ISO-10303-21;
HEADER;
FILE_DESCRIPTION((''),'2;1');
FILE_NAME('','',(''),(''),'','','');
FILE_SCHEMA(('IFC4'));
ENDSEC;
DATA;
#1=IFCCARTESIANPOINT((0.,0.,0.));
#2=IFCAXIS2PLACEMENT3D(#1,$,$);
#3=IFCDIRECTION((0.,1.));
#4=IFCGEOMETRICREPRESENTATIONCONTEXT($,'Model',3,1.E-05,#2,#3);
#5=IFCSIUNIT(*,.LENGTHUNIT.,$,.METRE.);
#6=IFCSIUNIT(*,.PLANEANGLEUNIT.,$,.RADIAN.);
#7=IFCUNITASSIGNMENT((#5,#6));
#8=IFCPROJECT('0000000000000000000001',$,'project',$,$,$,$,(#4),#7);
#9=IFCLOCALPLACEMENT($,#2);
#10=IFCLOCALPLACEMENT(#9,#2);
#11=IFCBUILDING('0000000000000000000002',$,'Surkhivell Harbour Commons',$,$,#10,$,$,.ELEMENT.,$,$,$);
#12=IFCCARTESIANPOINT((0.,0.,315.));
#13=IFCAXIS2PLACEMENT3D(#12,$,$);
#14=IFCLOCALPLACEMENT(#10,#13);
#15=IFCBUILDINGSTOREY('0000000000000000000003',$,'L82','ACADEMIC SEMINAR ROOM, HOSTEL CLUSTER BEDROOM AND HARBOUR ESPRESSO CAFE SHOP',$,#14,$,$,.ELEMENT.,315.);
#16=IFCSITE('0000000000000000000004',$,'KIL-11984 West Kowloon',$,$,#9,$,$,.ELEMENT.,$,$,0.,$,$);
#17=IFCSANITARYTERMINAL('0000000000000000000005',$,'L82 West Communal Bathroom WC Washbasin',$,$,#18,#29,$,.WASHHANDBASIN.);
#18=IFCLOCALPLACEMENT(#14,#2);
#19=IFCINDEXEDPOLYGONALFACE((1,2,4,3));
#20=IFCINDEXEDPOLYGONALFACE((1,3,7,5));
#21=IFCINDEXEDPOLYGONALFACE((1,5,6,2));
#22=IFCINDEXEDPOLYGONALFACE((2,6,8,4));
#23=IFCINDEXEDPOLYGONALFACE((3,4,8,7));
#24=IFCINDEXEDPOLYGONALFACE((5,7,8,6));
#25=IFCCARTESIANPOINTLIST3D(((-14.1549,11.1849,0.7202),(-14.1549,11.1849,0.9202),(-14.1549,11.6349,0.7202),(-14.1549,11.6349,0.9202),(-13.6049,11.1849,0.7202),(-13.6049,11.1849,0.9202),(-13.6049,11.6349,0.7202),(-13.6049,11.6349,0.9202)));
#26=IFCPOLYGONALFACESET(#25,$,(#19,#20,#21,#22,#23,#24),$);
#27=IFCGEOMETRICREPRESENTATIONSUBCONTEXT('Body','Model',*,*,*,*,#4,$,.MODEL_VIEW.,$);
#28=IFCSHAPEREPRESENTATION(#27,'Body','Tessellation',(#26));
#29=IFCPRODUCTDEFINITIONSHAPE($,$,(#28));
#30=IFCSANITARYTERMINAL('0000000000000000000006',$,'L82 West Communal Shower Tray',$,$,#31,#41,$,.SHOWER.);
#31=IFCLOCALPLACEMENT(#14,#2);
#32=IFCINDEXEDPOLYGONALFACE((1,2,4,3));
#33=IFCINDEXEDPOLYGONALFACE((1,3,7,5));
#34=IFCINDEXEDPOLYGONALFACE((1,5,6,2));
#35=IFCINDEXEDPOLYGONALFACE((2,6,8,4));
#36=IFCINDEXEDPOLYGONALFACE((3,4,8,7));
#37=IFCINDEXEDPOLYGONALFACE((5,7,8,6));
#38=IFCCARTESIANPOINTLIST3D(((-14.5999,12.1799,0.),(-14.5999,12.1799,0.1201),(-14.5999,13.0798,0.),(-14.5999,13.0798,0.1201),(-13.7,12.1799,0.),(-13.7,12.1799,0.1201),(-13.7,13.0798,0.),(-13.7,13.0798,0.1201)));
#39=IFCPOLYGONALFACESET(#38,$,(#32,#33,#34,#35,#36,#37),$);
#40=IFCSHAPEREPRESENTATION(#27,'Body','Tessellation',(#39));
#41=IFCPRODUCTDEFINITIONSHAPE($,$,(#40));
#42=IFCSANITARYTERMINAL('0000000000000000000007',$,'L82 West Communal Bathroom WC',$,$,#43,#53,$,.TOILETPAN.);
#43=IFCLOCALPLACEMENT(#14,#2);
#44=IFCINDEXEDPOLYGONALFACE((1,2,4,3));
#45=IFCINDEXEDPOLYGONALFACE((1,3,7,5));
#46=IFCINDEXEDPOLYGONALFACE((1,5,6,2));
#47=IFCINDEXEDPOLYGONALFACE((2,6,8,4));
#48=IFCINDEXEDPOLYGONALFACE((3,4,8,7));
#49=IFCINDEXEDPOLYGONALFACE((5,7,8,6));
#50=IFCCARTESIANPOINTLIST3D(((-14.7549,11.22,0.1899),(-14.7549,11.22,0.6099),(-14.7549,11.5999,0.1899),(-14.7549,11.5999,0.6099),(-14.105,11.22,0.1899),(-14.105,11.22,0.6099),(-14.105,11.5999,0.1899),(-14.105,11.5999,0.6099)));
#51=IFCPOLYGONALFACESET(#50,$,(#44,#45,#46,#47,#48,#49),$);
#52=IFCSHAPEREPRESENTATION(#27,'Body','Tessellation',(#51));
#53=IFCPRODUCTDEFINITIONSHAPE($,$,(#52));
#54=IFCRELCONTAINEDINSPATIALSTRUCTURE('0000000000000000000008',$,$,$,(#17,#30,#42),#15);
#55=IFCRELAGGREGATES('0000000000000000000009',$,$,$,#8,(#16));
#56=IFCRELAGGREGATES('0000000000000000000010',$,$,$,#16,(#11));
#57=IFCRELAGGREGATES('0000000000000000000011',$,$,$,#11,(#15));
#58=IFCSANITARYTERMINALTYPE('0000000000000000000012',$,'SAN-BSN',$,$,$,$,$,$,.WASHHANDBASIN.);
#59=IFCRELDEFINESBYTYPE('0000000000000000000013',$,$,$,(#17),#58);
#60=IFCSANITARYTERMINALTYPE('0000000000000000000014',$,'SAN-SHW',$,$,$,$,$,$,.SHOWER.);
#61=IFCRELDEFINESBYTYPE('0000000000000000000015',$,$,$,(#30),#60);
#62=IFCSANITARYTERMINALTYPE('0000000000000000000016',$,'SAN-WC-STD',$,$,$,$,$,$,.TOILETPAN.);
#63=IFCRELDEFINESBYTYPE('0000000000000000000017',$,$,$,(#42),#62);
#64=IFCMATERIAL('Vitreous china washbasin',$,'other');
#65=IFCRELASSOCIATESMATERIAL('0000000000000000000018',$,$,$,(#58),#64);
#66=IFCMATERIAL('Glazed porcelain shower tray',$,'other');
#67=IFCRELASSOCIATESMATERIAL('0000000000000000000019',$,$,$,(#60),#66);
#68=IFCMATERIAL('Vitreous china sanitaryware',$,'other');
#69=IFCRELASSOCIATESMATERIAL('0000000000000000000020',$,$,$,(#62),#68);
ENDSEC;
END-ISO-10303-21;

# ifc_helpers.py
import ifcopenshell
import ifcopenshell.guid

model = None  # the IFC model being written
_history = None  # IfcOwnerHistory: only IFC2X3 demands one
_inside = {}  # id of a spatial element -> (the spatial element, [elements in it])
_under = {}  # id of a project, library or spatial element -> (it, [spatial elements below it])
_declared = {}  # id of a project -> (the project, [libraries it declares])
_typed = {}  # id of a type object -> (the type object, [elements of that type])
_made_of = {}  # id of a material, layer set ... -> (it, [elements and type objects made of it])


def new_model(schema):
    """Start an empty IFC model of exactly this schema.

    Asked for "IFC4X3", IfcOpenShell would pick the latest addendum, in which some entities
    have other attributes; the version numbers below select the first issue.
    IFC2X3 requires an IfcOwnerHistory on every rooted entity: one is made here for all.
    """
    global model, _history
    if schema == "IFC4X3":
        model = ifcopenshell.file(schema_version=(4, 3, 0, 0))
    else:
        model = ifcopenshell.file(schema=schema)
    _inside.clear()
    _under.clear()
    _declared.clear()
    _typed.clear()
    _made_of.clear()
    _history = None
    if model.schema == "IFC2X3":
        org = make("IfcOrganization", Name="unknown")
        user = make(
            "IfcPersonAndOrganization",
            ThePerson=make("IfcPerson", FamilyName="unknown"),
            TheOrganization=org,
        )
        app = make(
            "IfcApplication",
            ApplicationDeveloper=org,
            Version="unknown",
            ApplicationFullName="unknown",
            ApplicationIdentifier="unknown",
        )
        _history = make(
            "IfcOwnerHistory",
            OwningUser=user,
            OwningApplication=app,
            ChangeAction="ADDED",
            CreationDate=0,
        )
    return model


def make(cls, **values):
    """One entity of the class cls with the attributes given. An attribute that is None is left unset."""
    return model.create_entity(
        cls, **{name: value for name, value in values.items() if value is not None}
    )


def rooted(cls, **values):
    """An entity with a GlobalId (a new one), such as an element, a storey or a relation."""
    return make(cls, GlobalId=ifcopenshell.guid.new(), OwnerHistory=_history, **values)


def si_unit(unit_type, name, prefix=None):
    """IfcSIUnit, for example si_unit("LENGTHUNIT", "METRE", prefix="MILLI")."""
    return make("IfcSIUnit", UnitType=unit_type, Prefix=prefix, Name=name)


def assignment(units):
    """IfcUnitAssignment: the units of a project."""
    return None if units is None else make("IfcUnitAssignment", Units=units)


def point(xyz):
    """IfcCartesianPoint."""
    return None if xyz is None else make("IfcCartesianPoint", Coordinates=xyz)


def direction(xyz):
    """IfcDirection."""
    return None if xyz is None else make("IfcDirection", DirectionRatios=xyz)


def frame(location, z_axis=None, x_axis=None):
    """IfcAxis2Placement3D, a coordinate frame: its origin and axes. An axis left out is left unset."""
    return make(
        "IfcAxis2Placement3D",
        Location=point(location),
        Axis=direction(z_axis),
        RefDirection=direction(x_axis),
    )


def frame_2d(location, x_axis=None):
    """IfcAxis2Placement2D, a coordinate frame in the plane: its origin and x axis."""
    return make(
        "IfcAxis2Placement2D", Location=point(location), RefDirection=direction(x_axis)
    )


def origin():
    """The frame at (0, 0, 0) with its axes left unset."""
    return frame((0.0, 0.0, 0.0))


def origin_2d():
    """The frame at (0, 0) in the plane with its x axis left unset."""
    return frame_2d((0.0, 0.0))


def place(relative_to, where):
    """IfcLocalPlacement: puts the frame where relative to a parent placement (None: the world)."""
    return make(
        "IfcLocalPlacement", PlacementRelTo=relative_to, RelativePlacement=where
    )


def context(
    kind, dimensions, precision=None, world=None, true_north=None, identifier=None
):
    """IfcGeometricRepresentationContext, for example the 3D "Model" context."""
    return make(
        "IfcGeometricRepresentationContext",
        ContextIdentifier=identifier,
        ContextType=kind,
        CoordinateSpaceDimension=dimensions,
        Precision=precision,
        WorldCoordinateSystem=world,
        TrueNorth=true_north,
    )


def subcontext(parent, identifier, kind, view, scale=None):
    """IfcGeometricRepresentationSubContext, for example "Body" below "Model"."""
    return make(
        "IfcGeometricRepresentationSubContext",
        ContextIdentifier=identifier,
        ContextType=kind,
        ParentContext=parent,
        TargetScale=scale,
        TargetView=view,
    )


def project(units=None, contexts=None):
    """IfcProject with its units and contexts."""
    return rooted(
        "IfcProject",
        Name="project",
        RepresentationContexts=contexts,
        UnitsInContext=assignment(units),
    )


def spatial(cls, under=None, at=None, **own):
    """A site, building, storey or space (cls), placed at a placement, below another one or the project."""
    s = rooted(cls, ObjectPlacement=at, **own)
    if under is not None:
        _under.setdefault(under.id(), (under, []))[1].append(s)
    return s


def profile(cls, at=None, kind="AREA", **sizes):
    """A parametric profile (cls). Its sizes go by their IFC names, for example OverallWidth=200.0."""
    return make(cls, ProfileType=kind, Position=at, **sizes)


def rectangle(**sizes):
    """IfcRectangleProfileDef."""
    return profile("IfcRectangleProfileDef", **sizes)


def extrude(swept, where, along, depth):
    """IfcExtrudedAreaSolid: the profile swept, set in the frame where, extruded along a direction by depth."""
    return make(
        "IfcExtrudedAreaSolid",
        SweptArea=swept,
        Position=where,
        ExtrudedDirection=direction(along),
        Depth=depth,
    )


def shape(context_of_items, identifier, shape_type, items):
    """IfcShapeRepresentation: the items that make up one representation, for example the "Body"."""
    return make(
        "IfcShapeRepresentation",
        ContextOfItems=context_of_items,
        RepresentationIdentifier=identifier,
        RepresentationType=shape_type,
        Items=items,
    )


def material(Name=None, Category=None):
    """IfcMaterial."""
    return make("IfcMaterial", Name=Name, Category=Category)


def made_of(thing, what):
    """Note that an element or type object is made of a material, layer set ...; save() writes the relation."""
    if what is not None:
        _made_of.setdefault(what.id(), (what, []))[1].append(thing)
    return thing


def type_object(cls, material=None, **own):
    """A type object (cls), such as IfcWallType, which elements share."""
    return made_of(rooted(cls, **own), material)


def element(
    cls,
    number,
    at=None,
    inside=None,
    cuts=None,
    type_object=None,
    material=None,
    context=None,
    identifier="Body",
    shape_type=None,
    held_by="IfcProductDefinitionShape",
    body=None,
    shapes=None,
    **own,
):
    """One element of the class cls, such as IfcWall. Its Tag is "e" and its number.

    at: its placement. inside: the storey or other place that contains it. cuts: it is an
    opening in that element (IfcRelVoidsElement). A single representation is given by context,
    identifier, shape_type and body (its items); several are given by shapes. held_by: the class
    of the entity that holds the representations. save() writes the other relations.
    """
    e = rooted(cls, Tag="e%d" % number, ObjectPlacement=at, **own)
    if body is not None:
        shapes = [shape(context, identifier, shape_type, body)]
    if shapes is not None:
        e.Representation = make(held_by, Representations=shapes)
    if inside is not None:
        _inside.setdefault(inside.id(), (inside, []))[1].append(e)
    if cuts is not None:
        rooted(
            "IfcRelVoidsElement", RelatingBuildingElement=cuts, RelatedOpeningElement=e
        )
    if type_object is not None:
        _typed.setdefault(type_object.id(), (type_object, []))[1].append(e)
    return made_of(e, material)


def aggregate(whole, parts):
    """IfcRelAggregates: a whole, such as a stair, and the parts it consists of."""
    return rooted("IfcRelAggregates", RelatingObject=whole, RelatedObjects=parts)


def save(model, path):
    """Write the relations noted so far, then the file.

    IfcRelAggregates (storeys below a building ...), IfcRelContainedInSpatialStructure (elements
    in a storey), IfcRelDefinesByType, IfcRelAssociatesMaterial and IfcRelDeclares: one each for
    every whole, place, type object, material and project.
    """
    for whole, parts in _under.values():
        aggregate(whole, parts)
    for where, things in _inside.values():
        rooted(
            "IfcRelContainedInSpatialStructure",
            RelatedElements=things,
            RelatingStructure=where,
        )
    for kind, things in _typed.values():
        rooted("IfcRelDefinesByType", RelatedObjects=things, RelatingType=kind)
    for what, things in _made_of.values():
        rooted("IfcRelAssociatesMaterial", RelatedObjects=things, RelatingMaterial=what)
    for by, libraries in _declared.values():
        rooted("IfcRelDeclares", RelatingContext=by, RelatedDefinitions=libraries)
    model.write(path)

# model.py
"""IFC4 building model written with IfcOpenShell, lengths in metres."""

from ifc_helpers import new_model, si_unit, direction, frame, origin, origin_2d, place, context, subcontext, project, spatial, rectangle, extrude, material, type_object, element, save


model = new_model("IFC4")

# Units and contexts
model_context = context("Model", 3, precision=1e-05, world=origin(), true_north=direction((0.0, 1.0)))
body_context = subcontext(model_context, "Body", "Model", "MODEL_VIEW")
ifc_project = project(units=[si_unit("LENGTHUNIT", "METRE"), si_unit("PLANEANGLEUNIT", "RADIAN")], contexts=[model_context])

# Site, building, storey
site_placement = place(None, origin())
site = spatial("IfcSite", under=ifc_project, at=site_placement, Name="KIL-11984 West Kowloon", CompositionType="ELEMENT", RefElevation=0.0)
building_placement = place(site_placement, origin())
building = spatial("IfcBuilding", under=site, at=building_placement, Name="Surkhivell Harbour Commons", CompositionType="ELEMENT")
storey_placement = place(building_placement, frame((0.0, 0.0, 315.0)))
storey = spatial("IfcBuildingStorey", under=building, at=storey_placement, Name="L82", Description="ACADEMIC SEMINAR ROOM, HOSTEL CLUSTER BEDROOM AND HARBOUR ESPRESSO CAFE SHOP", CompositionType="ELEMENT", Elevation=315.0)

# Sanitary terminals
ifc_material_1 = material(Name="Vitreous china washbasin", Category="other")
sanitary_terminal_type_1 = type_object("IfcSanitaryTerminalType", Name="SAN-BSN", PredefinedType="WASHHANDBASIN", material=ifc_material_1)
sanitary_terminal_1_placement = place(storey_placement, frame((-13.8799, 11.4099, 0.7202), z_axis=(0.0, 0.0, 1.0), x_axis=(1.0, 0.0, 0.0)))
element("IfcSanitaryTerminal", 1, at=sanitary_terminal_1_placement, inside=storey, type_object=sanitary_terminal_type_1, Name="L82 West Communal Bathroom WC Washbasin", PredefinedType="WASHHANDBASIN", context=body_context, shape_type="SweptSolid", body=[
    extrude(rectangle(XDim=0.55, YDim=0.45, at=origin_2d()), origin(), (0.0, 0.0, 1.0), 0.2),
])
ifc_material_2 = material(Name="Glazed porcelain shower tray", Category="other")
sanitary_terminal_type_2 = type_object("IfcSanitaryTerminalType", Name="SAN-SHW", PredefinedType="SHOWER", material=ifc_material_2)
sanitary_terminal_2_placement = place(storey_placement, frame((-14.1499, 12.6299, 0.0), z_axis=(0.0, 0.0, 1.0), x_axis=(1.0, 0.0, 0.0)))
element("IfcSanitaryTerminal", 2, at=sanitary_terminal_2_placement, inside=storey, type_object=sanitary_terminal_type_2, Name="L82 West Communal Shower Tray", PredefinedType="SHOWER", context=body_context, shape_type="SweptSolid", body=[
    extrude(rectangle(XDim=0.8999, YDim=0.8999, at=origin_2d()), origin(), (0.0, 0.0, 1.0), 0.1201),
])
ifc_material_3 = material(Name="Vitreous china sanitaryware", Category="other")
sanitary_terminal_type_3 = type_object("IfcSanitaryTerminalType", Name="SAN-WC-STD", PredefinedType="TOILETPAN", material=ifc_material_3)
sanitary_terminal_3_placement = place(storey_placement, frame((-14.4299, 11.4099, 0.1899), z_axis=(0.0, 0.0, 1.0), x_axis=(1.0, 0.0, 0.0)))
element("IfcSanitaryTerminal", 3, at=sanitary_terminal_3_placement, inside=storey, type_object=sanitary_terminal_type_3, Name="L82 West Communal Bathroom WC", PredefinedType="TOILETPAN", context=body_context, shape_type="SweptSolid", body=[
    extrude(rectangle(XDim=0.6499, YDim=0.3799, at=origin_2d()), origin(), (0.0, 0.0, 1.0), 0.4199),
])

save(model, "model.ifc")
